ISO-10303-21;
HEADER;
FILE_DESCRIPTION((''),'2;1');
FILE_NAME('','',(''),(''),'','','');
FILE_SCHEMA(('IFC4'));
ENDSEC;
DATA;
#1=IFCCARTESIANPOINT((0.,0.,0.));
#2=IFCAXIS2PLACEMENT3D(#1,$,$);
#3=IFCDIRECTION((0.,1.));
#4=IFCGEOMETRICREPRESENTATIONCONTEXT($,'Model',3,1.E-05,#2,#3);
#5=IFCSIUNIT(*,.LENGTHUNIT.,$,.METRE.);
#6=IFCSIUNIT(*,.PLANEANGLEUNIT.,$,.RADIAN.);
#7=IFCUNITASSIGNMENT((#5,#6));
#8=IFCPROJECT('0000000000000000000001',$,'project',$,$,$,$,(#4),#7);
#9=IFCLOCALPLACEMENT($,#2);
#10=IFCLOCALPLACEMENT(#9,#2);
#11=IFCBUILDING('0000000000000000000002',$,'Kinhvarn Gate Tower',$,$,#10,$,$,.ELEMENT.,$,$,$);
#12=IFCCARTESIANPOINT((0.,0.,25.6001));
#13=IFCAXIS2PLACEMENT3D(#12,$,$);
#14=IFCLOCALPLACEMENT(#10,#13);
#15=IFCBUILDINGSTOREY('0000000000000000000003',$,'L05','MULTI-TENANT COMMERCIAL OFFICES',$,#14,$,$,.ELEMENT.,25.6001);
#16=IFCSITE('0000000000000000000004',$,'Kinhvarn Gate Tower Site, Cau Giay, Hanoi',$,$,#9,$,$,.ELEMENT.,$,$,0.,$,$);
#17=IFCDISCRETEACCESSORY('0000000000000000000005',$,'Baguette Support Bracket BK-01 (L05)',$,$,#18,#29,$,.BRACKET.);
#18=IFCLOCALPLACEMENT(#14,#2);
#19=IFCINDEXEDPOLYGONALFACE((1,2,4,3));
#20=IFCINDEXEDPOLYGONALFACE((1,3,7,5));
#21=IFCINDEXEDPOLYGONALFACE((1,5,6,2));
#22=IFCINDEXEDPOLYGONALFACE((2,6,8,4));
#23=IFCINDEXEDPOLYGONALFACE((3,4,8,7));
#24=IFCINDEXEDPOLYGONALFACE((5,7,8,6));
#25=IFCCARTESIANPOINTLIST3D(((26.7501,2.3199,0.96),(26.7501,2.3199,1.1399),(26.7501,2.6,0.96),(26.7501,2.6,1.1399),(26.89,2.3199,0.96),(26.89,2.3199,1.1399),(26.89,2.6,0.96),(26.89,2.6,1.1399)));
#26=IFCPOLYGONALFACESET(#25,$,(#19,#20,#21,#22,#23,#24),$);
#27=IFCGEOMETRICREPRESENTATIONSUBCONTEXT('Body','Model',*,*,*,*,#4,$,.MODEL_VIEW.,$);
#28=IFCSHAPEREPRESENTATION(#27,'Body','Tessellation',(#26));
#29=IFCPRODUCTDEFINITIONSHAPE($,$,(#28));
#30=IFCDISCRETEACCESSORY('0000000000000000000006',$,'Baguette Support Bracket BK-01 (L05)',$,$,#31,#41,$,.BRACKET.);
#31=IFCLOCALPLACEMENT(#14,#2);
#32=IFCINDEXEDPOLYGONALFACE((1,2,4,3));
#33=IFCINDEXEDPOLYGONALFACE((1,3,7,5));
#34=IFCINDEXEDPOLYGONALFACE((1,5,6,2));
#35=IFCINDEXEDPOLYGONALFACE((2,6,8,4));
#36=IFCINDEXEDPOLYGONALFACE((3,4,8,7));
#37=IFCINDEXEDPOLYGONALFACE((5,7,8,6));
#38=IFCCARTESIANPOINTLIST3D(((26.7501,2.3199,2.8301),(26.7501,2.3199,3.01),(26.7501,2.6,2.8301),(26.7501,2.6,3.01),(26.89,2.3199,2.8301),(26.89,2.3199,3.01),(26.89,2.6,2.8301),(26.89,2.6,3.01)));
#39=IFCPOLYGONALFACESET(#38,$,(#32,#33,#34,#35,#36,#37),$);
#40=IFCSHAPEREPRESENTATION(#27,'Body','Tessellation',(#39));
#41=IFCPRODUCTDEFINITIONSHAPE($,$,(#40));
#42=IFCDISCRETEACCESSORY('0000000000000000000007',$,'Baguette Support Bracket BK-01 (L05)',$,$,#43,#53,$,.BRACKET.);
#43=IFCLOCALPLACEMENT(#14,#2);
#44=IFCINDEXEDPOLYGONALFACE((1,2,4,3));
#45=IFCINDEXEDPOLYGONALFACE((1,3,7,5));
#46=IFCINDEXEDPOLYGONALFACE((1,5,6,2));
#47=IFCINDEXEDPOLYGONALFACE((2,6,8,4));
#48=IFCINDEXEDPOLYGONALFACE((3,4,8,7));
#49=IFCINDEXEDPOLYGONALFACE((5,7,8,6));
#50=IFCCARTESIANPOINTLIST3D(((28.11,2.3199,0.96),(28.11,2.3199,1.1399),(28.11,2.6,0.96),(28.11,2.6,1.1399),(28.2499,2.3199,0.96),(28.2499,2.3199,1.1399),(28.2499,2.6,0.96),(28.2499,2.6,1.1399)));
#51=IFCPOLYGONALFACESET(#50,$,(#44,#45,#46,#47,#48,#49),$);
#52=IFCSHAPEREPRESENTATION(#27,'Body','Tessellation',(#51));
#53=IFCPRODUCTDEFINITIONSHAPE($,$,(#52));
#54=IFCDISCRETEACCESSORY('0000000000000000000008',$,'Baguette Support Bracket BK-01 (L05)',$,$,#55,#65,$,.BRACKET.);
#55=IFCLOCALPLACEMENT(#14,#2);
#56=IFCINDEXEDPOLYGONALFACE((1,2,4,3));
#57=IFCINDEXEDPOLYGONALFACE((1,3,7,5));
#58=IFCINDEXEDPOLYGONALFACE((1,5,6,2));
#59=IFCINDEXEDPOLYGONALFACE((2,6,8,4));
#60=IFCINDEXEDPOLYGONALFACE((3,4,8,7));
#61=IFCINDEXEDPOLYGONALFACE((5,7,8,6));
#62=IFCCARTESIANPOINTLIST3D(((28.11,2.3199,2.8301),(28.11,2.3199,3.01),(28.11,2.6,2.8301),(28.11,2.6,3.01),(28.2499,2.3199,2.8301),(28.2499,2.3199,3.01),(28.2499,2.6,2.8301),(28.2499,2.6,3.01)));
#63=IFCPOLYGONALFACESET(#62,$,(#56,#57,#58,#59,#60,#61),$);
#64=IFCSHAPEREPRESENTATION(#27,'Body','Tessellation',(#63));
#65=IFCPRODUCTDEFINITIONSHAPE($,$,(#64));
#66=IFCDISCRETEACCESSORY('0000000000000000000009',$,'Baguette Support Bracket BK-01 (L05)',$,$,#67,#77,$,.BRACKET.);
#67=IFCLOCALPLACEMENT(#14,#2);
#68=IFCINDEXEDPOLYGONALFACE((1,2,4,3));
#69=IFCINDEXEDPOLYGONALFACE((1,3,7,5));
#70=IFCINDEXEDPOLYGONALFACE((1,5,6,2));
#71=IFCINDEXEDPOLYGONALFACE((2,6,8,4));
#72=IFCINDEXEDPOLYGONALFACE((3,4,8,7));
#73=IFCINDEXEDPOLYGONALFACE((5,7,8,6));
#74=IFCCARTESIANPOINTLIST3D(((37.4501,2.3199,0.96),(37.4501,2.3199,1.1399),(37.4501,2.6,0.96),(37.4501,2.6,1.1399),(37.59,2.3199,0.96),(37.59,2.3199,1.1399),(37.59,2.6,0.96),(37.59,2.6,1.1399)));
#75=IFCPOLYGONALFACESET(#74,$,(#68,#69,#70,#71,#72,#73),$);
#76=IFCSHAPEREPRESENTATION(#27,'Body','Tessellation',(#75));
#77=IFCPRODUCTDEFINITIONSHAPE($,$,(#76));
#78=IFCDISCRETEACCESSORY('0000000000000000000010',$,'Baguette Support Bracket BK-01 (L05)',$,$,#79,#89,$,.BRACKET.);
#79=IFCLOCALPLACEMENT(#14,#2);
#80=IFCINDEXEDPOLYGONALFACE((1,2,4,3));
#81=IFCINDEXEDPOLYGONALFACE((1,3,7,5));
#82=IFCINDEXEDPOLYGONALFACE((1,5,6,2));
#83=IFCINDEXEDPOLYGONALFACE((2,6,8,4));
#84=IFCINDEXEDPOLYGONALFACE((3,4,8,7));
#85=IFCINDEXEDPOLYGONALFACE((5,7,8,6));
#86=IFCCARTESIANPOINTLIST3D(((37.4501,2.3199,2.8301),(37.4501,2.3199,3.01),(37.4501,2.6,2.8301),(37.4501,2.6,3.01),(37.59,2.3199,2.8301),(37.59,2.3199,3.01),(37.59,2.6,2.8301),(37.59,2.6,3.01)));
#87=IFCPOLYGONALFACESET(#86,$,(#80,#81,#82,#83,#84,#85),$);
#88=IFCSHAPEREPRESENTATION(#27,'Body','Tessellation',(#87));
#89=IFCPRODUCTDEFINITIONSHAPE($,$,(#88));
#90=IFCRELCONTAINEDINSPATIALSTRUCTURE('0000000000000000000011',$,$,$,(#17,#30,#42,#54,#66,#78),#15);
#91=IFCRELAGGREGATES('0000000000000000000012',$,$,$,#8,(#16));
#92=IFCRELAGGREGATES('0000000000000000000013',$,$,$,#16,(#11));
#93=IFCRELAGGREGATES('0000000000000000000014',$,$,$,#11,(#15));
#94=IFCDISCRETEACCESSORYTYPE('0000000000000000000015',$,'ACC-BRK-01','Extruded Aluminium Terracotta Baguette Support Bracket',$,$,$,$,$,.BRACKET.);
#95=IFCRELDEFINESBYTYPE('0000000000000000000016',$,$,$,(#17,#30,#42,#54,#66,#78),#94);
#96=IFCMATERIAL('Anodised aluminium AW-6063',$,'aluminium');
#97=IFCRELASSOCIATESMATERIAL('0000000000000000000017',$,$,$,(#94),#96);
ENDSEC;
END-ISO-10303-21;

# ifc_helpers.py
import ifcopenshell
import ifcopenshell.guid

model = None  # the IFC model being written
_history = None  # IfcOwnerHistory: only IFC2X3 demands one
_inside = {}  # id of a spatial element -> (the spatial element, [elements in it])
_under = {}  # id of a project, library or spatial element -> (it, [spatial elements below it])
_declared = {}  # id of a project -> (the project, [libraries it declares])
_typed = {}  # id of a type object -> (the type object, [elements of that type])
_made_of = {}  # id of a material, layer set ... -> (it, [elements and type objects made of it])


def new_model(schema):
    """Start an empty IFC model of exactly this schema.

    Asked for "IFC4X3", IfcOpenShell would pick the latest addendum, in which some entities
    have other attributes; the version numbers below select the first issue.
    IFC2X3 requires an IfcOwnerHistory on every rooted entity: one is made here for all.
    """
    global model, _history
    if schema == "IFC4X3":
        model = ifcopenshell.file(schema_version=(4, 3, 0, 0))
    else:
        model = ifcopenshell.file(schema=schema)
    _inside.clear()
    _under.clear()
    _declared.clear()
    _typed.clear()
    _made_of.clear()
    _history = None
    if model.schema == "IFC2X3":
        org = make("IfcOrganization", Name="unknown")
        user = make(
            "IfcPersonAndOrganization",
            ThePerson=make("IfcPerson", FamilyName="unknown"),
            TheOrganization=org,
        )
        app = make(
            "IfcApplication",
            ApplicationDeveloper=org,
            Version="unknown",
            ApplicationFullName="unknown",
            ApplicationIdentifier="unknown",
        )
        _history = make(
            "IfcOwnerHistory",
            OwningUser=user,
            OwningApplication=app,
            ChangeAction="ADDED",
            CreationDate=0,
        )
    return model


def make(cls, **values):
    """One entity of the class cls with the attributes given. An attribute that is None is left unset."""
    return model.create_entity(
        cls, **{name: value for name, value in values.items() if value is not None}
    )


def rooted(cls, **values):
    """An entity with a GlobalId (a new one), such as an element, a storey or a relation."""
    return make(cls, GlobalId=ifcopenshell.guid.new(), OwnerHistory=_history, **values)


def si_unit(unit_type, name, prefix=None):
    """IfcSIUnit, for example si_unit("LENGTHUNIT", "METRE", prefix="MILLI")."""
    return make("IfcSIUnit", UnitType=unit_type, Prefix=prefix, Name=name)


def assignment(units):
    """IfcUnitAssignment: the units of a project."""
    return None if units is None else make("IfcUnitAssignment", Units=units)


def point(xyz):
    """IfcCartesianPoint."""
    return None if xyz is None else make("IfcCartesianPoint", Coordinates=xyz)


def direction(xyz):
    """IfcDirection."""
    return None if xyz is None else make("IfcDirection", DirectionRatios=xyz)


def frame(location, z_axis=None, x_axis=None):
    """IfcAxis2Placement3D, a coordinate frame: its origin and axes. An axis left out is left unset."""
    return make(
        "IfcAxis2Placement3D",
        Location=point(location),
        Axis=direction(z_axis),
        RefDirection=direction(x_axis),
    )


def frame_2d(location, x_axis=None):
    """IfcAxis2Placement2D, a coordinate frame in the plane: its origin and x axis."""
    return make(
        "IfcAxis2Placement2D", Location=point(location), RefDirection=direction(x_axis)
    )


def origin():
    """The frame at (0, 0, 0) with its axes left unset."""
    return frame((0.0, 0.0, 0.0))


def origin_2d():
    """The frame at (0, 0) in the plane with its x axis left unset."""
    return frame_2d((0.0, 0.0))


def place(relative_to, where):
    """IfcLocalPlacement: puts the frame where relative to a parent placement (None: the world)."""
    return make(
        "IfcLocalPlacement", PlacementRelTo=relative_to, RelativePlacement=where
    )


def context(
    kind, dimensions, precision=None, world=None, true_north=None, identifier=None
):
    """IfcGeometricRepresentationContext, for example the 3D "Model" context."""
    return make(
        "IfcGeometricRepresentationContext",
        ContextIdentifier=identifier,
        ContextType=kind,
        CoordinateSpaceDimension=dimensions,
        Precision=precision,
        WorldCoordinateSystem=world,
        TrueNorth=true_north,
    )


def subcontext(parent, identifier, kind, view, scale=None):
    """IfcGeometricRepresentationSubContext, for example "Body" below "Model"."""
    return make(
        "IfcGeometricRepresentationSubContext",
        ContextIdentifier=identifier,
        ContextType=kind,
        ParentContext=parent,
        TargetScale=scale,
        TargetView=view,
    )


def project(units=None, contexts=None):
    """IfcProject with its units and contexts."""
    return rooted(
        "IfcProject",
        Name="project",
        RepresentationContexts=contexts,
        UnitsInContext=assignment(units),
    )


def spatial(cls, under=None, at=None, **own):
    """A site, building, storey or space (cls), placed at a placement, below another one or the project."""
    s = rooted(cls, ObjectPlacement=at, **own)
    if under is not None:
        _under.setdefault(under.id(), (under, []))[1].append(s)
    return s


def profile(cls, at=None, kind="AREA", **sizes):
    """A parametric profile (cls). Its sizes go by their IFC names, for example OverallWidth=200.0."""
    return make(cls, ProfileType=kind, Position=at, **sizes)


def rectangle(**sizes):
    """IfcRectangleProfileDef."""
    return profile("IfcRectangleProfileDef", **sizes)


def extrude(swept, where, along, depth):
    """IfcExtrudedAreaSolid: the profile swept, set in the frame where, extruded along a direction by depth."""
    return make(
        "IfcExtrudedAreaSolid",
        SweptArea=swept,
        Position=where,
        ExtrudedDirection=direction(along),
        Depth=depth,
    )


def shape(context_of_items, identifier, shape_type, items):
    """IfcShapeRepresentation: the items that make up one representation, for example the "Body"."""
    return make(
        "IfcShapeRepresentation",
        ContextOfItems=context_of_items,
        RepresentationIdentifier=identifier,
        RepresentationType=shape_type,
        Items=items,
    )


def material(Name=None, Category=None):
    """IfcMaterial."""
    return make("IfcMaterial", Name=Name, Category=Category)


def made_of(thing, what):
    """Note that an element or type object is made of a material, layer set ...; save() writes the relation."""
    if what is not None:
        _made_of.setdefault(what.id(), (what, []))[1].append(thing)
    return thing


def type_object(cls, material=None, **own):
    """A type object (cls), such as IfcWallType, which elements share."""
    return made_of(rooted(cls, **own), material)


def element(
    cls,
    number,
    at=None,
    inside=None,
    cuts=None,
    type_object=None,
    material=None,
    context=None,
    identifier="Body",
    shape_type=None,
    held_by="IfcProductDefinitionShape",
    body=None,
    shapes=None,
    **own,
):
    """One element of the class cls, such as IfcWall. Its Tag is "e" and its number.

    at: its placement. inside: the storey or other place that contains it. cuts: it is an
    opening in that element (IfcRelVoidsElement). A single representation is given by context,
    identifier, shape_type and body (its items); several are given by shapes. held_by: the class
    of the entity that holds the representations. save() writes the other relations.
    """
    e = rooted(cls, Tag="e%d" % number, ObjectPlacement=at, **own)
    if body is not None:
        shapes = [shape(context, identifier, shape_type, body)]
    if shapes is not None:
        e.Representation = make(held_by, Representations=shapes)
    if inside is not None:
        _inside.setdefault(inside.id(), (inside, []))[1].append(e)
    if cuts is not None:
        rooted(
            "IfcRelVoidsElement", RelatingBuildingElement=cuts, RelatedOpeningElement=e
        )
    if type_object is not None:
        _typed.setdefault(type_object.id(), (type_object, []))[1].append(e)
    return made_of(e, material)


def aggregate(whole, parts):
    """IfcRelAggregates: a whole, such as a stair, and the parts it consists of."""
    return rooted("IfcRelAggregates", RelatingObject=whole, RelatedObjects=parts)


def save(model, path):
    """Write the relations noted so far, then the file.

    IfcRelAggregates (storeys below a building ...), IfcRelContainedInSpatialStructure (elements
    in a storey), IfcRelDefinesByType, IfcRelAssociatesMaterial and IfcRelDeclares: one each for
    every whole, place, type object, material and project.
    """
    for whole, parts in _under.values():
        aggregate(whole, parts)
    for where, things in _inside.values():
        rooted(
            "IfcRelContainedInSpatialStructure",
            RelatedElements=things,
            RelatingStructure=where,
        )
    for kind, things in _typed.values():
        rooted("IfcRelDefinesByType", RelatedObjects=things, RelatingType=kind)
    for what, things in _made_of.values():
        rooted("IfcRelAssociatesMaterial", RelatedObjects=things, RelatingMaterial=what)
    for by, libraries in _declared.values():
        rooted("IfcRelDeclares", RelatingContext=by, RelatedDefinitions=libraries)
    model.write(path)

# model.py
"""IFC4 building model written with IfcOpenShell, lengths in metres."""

from ifc_helpers import new_model, si_unit, direction, frame, origin, origin_2d, place, context, subcontext, project, spatial, rectangle, extrude, material, type_object, element, save


model = new_model("IFC4")

# Units and contexts
model_context = context("Model", 3, precision=1e-05, world=origin(), true_north=direction((0.0, 1.0)))
body_context = subcontext(model_context, "Body", "Model", "MODEL_VIEW")
ifc_project = project(units=[si_unit("LENGTHUNIT", "METRE"), si_unit("PLANEANGLEUNIT", "RADIAN")], contexts=[model_context])

# Site, building, storey
site_placement = place(None, origin())
site = spatial("IfcSite", under=ifc_project, at=site_placement, Name="Kinhvarn Gate Tower Site, Cau Giay, Hanoi", CompositionType="ELEMENT", RefElevation=0.0)
building_placement = place(site_placement, origin())
building = spatial("IfcBuilding", under=site, at=building_placement, Name="Kinhvarn Gate Tower", CompositionType="ELEMENT")
storey_placement = place(building_placement, frame((0.0, 0.0, 25.6001)))
storey = spatial("IfcBuildingStorey", under=building, at=storey_placement, Name="L05", Description="MULTI-TENANT COMMERCIAL OFFICES", CompositionType="ELEMENT", Elevation=25.6001)

# Shared definitions
ifc_material_1 = material(Name="Anodised aluminium AW-6063", Category="aluminium")

# Discrete accessories
discrete_accessory_type = type_object("IfcDiscreteAccessoryType", Name="ACC-BRK-01", Description="Extruded Aluminium Terracotta Baguette Support Bracket", PredefinedType="BRACKET", material=ifc_material_1)
for number, where, z_axis, x_axis, name in (
    (1, (26.8201, 2.46, 0.96), (0.0, 0.0, 1.0), (1.0, 0.0, 0.0), "Baguette Support Bracket BK-01 (L05)"),
    (2, (26.8201, 2.46, 2.8301), (0.0, 0.0, 1.0), (1.0, 0.0, 0.0), "Baguette Support Bracket BK-01 (L05)"),
    (3, (28.1799, 2.46, 0.96), (0.0, 0.0, 1.0), (1.0, 0.0, 0.0), "Baguette Support Bracket BK-01 (L05)"),
    (4, (28.1799, 2.46, 2.8301), (0.0, 0.0, 1.0), (1.0, 0.0, 0.0), "Baguette Support Bracket BK-01 (L05)"),
    (5, (37.52, 2.46, 0.96), (0.0, 0.0, 1.0), (1.0, 0.0, 0.0), "Baguette Support Bracket BK-01 (L05)"),
    (6, (37.52, 2.46, 2.8301), (0.0, 0.0, 1.0), (1.0, 0.0, 0.0), "Baguette Support Bracket BK-01 (L05)"),
):
    element("IfcDiscreteAccessory", number, at=place(storey_placement, frame(where, z_axis=z_axis, x_axis=x_axis)), inside=storey, type_object=discrete_accessory_type, Name=name, PredefinedType="BRACKET", context=body_context, shape_type="SweptSolid", body=[
        extrude(rectangle(XDim=0.1399, YDim=0.28, at=origin_2d()), origin(), (0.0, 0.0, 1.0), 0.1799),
    ])

save(model, "model.ifc")
